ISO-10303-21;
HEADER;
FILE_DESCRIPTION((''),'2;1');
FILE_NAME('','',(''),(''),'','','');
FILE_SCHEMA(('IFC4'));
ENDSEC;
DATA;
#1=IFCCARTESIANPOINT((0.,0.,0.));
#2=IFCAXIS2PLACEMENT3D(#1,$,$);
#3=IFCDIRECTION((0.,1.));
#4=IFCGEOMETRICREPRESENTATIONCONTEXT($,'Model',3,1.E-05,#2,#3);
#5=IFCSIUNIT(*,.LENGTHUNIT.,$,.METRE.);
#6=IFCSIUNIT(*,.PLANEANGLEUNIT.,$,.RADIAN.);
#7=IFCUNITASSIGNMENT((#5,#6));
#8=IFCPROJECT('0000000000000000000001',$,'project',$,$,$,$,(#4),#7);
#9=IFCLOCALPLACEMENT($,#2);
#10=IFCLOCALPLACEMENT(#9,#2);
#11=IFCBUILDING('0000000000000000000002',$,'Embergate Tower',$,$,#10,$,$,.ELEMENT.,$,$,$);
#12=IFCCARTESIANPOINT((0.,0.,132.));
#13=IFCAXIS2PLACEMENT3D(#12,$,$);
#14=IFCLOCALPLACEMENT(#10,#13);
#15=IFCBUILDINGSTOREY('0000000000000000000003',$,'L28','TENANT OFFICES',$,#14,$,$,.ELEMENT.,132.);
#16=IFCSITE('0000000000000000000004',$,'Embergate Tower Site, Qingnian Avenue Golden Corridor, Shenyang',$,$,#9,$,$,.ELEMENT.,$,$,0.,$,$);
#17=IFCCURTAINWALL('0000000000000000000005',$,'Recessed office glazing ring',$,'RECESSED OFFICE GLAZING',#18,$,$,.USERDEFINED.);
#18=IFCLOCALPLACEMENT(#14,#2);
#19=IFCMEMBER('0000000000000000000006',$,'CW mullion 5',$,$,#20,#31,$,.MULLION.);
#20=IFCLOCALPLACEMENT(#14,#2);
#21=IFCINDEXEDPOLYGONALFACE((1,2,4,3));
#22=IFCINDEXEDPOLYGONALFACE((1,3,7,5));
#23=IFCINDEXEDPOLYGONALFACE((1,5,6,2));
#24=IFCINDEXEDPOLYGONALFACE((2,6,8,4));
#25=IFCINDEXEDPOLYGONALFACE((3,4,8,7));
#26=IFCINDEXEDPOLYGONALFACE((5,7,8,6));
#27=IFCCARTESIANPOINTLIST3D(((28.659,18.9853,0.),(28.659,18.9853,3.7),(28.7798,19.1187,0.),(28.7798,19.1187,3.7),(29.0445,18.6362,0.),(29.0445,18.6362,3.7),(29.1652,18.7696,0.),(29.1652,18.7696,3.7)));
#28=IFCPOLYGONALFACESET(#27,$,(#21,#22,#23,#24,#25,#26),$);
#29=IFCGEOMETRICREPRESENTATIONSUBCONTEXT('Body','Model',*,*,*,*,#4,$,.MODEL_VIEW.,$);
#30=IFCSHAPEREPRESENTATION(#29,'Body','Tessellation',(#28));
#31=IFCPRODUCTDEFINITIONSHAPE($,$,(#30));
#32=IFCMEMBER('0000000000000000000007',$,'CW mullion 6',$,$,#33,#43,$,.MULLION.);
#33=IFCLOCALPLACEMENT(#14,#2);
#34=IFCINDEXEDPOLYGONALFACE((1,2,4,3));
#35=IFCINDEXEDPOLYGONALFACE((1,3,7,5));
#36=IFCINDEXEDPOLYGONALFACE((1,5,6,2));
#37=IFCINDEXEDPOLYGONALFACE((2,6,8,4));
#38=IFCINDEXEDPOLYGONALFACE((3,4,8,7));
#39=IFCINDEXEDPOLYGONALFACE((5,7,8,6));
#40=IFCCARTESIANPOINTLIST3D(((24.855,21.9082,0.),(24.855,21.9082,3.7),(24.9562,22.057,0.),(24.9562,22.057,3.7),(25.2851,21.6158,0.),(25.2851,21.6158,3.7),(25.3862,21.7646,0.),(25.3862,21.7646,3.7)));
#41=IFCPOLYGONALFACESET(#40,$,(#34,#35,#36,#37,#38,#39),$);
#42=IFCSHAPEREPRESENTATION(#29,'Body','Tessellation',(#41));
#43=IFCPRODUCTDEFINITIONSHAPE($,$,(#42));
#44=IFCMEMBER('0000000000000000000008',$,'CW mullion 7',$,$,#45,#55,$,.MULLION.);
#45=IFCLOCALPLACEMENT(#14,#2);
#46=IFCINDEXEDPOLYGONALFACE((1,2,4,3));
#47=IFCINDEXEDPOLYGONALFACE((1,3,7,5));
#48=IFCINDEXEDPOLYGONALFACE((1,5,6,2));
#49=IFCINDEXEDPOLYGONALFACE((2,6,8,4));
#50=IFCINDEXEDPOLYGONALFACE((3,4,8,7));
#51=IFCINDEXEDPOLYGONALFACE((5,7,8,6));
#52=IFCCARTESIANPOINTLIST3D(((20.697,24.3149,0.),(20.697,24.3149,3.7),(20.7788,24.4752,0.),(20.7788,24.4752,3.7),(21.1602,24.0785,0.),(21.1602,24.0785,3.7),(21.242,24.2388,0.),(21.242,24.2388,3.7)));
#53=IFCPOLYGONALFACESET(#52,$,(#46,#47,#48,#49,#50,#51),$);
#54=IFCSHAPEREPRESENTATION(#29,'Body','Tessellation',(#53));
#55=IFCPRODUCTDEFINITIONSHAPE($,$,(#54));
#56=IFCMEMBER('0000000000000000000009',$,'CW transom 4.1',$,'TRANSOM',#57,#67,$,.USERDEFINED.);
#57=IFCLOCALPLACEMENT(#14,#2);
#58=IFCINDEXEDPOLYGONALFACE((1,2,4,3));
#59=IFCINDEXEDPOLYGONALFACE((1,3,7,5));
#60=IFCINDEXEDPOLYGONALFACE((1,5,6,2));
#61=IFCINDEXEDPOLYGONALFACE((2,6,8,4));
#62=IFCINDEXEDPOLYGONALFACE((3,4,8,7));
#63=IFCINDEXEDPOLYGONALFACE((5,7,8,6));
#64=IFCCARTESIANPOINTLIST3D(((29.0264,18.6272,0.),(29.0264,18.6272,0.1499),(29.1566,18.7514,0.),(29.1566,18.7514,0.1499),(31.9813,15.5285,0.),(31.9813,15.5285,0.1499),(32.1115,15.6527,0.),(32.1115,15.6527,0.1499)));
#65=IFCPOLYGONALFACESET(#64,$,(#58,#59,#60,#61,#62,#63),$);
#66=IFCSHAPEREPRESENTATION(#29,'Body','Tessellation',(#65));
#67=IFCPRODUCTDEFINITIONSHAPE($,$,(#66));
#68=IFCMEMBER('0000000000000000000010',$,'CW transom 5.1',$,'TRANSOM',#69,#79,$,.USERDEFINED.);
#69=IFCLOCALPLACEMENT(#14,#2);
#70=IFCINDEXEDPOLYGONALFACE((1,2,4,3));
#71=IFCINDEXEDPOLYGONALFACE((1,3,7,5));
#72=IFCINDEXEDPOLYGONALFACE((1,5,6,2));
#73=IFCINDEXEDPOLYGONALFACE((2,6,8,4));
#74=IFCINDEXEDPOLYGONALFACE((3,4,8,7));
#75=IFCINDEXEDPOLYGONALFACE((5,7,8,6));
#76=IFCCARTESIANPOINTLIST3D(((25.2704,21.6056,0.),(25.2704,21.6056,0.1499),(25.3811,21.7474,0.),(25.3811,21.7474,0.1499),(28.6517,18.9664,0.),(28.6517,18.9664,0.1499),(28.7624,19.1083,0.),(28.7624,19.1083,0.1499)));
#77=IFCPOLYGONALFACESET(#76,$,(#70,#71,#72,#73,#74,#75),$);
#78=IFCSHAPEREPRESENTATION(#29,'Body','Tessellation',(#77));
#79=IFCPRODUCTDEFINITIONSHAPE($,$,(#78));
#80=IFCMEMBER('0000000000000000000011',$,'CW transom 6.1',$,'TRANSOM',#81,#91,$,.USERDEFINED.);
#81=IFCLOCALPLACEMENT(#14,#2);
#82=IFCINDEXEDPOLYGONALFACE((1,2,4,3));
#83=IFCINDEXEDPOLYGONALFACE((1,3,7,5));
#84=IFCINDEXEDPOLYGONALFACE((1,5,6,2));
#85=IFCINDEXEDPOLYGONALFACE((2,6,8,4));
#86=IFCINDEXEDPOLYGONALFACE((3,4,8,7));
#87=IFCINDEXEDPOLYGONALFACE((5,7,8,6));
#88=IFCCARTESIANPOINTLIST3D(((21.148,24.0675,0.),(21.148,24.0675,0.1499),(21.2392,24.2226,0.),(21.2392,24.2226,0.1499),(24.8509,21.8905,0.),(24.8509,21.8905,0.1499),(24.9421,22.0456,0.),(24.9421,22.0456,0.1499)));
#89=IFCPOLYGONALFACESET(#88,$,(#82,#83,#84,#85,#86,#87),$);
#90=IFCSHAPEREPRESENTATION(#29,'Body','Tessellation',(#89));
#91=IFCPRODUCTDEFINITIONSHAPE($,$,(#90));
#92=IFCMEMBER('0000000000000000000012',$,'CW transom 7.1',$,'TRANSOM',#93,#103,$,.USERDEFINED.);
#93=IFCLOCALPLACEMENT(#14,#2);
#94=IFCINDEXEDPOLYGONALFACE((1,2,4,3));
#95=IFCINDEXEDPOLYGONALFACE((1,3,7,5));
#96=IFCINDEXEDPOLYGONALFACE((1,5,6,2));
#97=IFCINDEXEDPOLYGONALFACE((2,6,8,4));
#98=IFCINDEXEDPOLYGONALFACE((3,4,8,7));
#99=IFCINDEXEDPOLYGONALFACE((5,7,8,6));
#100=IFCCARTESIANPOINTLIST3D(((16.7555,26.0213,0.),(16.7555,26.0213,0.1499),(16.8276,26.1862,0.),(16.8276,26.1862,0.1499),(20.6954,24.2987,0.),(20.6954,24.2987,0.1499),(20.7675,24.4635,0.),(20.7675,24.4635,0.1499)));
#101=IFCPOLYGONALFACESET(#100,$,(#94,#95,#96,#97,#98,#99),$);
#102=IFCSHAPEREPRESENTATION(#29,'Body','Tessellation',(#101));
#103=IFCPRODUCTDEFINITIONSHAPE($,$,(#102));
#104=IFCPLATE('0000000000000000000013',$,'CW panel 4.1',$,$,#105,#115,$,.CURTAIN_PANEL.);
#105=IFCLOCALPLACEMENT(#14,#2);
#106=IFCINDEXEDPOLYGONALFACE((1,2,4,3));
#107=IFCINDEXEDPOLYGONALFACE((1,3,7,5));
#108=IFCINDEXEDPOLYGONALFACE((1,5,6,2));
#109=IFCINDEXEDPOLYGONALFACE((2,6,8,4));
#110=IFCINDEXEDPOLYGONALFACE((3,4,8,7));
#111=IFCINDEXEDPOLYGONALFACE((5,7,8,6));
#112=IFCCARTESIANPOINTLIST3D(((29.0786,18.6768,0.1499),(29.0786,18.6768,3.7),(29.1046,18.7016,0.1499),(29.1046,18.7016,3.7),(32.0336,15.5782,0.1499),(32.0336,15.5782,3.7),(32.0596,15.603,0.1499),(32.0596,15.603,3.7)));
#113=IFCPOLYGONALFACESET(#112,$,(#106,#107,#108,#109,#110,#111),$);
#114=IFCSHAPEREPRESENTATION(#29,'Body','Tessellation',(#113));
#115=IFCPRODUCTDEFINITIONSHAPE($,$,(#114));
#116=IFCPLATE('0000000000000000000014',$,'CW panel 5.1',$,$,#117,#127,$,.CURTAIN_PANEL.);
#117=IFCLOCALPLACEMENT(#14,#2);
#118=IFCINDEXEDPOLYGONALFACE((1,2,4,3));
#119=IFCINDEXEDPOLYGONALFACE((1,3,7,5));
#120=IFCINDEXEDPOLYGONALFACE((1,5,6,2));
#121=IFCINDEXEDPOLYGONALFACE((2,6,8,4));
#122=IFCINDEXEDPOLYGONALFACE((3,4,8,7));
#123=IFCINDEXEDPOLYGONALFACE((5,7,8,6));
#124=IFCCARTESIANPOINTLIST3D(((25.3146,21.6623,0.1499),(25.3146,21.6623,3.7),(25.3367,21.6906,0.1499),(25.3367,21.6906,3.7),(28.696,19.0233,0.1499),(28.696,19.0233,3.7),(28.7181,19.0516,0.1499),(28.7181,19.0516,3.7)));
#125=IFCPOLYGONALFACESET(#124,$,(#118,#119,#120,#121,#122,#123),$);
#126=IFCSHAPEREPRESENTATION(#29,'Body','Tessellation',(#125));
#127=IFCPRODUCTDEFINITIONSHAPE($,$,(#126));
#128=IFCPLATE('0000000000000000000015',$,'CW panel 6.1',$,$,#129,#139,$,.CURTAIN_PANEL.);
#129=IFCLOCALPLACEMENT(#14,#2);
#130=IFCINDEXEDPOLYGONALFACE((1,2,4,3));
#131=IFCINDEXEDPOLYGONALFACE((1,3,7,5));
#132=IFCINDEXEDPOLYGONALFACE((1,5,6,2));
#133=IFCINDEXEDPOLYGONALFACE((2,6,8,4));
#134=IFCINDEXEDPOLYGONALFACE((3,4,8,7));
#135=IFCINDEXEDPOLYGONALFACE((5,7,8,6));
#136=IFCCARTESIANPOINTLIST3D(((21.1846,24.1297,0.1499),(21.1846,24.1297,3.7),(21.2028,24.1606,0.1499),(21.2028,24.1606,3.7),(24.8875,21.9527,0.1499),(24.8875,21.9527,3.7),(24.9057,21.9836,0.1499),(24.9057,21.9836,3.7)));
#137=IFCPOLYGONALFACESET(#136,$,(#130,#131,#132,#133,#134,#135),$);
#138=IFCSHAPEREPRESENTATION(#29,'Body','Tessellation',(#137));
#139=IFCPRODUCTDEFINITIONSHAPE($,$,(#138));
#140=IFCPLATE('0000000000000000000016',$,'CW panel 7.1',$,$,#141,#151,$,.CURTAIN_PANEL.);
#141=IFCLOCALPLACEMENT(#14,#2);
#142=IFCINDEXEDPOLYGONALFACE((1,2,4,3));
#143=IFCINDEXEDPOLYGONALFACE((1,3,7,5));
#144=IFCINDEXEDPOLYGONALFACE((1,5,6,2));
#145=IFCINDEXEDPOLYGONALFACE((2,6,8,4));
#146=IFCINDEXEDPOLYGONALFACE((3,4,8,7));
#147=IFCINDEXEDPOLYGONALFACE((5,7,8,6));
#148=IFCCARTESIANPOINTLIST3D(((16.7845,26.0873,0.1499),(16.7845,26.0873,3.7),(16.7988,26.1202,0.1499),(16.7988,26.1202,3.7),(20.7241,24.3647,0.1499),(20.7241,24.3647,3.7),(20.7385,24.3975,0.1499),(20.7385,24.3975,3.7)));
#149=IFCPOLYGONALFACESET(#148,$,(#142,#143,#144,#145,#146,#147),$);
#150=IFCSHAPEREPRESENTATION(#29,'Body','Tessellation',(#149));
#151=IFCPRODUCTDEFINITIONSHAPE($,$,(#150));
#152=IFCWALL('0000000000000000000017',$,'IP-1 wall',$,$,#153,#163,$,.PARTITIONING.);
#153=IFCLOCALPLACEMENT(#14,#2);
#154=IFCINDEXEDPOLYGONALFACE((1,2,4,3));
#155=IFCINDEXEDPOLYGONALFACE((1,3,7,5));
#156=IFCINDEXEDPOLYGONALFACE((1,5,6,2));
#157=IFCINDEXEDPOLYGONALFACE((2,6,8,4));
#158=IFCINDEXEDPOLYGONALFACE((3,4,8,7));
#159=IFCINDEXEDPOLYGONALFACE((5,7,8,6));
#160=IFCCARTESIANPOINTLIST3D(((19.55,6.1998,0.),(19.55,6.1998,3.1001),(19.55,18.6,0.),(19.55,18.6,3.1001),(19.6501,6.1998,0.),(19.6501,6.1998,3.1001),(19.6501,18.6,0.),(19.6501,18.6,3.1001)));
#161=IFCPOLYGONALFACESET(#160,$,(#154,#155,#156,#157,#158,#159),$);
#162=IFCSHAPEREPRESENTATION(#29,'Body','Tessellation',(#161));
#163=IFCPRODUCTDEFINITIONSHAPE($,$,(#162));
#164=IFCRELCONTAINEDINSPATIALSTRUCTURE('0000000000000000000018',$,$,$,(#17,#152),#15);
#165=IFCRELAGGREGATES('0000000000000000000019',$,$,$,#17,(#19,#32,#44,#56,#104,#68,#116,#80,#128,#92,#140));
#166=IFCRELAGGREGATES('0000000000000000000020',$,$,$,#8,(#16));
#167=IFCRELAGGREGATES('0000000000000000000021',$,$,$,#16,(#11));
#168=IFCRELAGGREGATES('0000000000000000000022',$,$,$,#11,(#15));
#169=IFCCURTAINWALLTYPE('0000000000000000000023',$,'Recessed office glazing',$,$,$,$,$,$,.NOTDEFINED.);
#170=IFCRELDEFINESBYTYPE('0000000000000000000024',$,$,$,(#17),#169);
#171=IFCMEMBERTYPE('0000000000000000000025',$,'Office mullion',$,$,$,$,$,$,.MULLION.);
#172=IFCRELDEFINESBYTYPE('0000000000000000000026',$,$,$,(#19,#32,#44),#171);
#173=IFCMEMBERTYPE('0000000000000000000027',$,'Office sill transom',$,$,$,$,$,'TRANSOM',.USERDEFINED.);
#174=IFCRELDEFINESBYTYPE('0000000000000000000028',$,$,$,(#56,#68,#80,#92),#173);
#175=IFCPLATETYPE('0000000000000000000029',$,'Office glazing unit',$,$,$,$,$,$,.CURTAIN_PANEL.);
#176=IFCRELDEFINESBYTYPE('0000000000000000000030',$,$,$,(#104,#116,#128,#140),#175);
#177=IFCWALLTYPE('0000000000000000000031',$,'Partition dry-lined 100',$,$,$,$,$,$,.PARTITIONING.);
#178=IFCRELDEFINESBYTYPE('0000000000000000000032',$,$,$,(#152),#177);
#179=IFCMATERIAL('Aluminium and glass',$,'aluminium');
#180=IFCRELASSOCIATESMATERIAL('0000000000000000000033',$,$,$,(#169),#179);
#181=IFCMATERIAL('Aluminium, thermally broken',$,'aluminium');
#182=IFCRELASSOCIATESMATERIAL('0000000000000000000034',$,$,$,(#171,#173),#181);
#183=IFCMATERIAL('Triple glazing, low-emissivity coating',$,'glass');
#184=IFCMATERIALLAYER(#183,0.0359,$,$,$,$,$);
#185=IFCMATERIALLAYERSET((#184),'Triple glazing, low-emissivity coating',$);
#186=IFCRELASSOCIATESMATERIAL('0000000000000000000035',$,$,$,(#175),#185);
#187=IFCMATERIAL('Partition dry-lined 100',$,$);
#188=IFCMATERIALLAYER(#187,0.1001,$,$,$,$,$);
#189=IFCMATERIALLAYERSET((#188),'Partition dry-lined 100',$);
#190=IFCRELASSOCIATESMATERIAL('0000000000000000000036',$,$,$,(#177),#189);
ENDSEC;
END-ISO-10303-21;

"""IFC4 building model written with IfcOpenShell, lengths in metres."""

from ifc_helpers import new_model, si_unit, direction, frame, frame_2d, origin, origin_2d, place, context, subcontext, project, spatial, rectangle, extrude, source, transform, mapped, material, layer, layer_set, material_profile, profile_set, type_object, element, aggregate, save


model = new_model("IFC4")

# Units and contexts
model_context = context("Model", 3, precision=1e-05, world=origin(), true_north=direction((0.0, 1.0)))
body_context = subcontext(model_context, "Body", "Model", "MODEL_VIEW")
ifc_project = project(units=[si_unit("LENGTHUNIT", "METRE"), si_unit("PLANEANGLEUNIT", "RADIAN")], contexts=[model_context])

# Site, building, storey
site_placement = place(None, origin())
site = spatial("IfcSite", under=ifc_project, at=site_placement, Name="Embergate Tower Site, Qingnian Avenue Golden Corridor, Shenyang", CompositionType="ELEMENT", RefElevation=0.0)
building_placement = place(site_placement, origin())
building = spatial("IfcBuilding", under=site, at=building_placement, Name="Embergate Tower", CompositionType="ELEMENT")
storey_placement = place(building_placement, frame((0.0, 0.0, 132.0)))
storey = spatial("IfcBuildingStorey", under=building, at=storey_placement, Name="L28", Description="TENANT OFFICES", CompositionType="ELEMENT", Elevation=132.0)

# Curtain wall, members, plates
ifc_material_1 = material(Name="Aluminium and glass", Category="aluminium")
curtain_wall_type = type_object("IfcCurtainWallType", Name="Recessed office glazing", PredefinedType="NOTDEFINED", material=ifc_material_1)
curtain_wall_placement = place(storey_placement, origin())
curtain_wall = element("IfcCurtainWall", 1, at=curtain_wall_placement, inside=storey, type_object=curtain_wall_type, Name="Recessed office glazing ring", ObjectType="RECESSED OFFICE GLAZING", PredefinedType="USERDEFINED")
ifc_material_2 = material(Name="Aluminium, thermally broken", Category="aluminium")
ifc_material_profile_1 = material_profile(ifc_material_2, rectangle(XDim=0.1799, YDim=0.52, at=origin_2d()), Name="AL 520x180")
ifc_profile_set_1 = profile_set([ifc_material_profile_1], Name="Aluminium, thermally broken")
member_type_1 = type_object("IfcMemberType", Name="Office mullion", PredefinedType="MULLION", material=ifc_profile_set_1)
shared_shape_1 = source(origin(), body_context, "Body", "SweptSolid", [
    extrude(rectangle(XDim=0.1799, YDim=0.52, at=origin_2d()), origin(), (0.0, 0.0, 1.0), 3.7),
])
member_1_placement = place(storey_placement, frame((28.9121, 18.8774, 0.0), z_axis=(0.0, 0.0, 1.0), x_axis=(-0.671225, -0.741253, 0.0)))
member_1 = element("IfcMember", 2, at=member_1_placement, type_object=member_type_1, Name="CW mullion 5", PredefinedType="MULLION", context=body_context, shape_type="MappedRepresentation", body=[
    mapped(shared_shape_1, transform((0.0, 0.0, 0.0))),
])
member_2_placement = place(storey_placement, frame((25.1206, 21.8364, 0.0), z_axis=(0.0, 0.0, 1.0), x_axis=(-0.562215, -0.826991, 0.0)))
member_2 = element("IfcMember", 3, at=member_2_placement, type_object=member_type_1, Name="CW mullion 6", PredefinedType="MULLION", context=body_context, shape_type="MappedRepresentation", body=[
    mapped(shared_shape_1, transform((0.0, 0.0, 0.0))),
])
member_3_placement = place(storey_placement, frame((20.9695, 24.2769, 0.0), z_axis=(0.0, 0.0, 1.0), x_axis=(-0.454508, -0.890743, 0.0)))
member_3 = element("IfcMember", 4, at=member_3_placement, type_object=member_type_1, Name="CW mullion 7", PredefinedType="MULLION", context=body_context, shape_type="MappedRepresentation", body=[
    mapped(shared_shape_1, transform((0.0, 0.0, 0.0))),
])
ifc_material_profile_2 = material_profile(ifc_material_2, rectangle(XDim=0.1799, YDim=0.1499, at=origin_2d()), Name="AL 150x180")
ifc_profile_set_2 = profile_set([ifc_material_profile_2], Name="Aluminium, thermally broken")
member_type_2 = type_object("IfcMemberType", Name="Office sill transom", ElementType="TRANSOM", PredefinedType="USERDEFINED", material=ifc_profile_set_2)
shared_shape_2 = source(origin(), body_context, "Body", "SweptSolid", [
    extrude(rectangle(XDim=0.1799, YDim=0.1499, at=origin_2d()), origin(), (0.0, 0.0, 1.0), 4.2817),
])
member_4_placement = place(storey_placement, frame((32.0464, 15.5906, 0.075), z_axis=(-0.690115, 0.7237, 0.0), x_axis=(-0.7237, -0.690115, 0.0)))
member_4 = element("IfcMember", 5, at=member_4_placement, type_object=member_type_2, Name="CW transom 4.1", ObjectType="TRANSOM", PredefinedType="USERDEFINED", context=body_context, shape_type="MappedRepresentation", body=[
    mapped(shared_shape_2, transform((0.0, 0.0, 0.0))),
])
shared_shape_3 = source(origin(), body_context, "Body", "SweptSolid", [
    extrude(rectangle(XDim=0.1799, YDim=0.1499, at=origin_2d()), origin(), (0.0, 0.0, 1.0), 4.2893),
])
member_5_placement = place(storey_placement, frame((28.707, 19.0374, 0.075), z_axis=(-0.788309, 0.615279, 0.0), x_axis=(-0.615279, -0.788309, 0.0)))
member_5 = element("IfcMember", 6, at=member_5_placement, type_object=member_type_2, Name="CW transom 5.1", ObjectType="TRANSOM", PredefinedType="USERDEFINED", context=body_context, shape_type="MappedRepresentation", body=[
    mapped(shared_shape_3, transform((0.0, 0.0, 0.0))),
])
shared_shape_4 = source(origin(), body_context, "Body", "SweptSolid", [
    extrude(rectangle(XDim=0.1799, YDim=0.1499, at=origin_2d()), origin(), (0.0, 0.0, 1.0), 4.2954),
])
member_6_placement = place(storey_placement, frame((24.8965, 21.968, 0.075), z_axis=(-0.862053, 0.506819, 0.0), x_axis=(-0.506819, -0.862053, 0.0)))
member_6 = element("IfcMember", 7, at=member_6_placement, type_object=member_type_2, Name="CW transom 6.1", ObjectType="TRANSOM", PredefinedType="USERDEFINED", context=body_context, shape_type="MappedRepresentation", body=[
    mapped(shared_shape_4, transform((0.0, 0.0, 0.0))),
])
shared_shape_5 = source(origin(), body_context, "Body", "SweptSolid", [
    extrude(rectangle(XDim=0.1799, YDim=0.1499, at=origin_2d()), origin(), (0.0, 0.0, 1.0), 4.3),
])
member_7_placement = place(storey_placement, frame((20.7314, 24.3811, 0.075), z_axis=(-0.916249, 0.40061, 0.0), x_axis=(-0.40061, -0.916249, 0.0)))
member_7 = element("IfcMember", 8, at=member_7_placement, type_object=member_type_2, Name="CW transom 7.1", ObjectType="TRANSOM", PredefinedType="USERDEFINED", context=body_context, shape_type="MappedRepresentation", body=[
    mapped(shared_shape_5, transform((0.0, 0.0, 0.0))),
])
ifc_material_3 = material(Name="Triple glazing, low-emissivity coating", Category="glass")
ifc_layer_1 = layer(ifc_material_3, 0.0359)
ifc_layer_set_1 = layer_set([ifc_layer_1], Name="Triple glazing, low-emissivity coating")
plate_type = type_object("IfcPlateType", Name="Office glazing unit", PredefinedType="CURTAIN_PANEL", material=ifc_layer_set_1)
shared_shape_6 = source(origin(), body_context, "Body", "SweptSolid", [
    extrude(rectangle(XDim=4.2817, YDim=0.0359, at=origin_2d()), origin(), (0.0, 0.0, 1.0), 3.55),
])
plate_1_placement = place(storey_placement, frame((30.5691, 17.1399, 0.1499), z_axis=(0.0, 0.0, 1.0), x_axis=(-0.690136, 0.723679, 0.0)))
plate_1 = element("IfcPlate", 9, at=plate_1_placement, type_object=plate_type, Name="CW panel 4.1", PredefinedType="CURTAIN_PANEL", context=body_context, shape_type="MappedRepresentation", body=[
    mapped(shared_shape_6, transform((0.0, 0.0, 0.0))),
])
shared_shape_7 = source(origin(), body_context, "Body", "SweptSolid", [
    extrude(rectangle(XDim=4.2893, YDim=0.0359, at=origin_2d()), origin(), (0.0, 0.0, 1.0), 3.55),
])
plate_2_placement = place(storey_placement, frame((27.0164, 20.3569, 0.1499), z_axis=(0.0, 0.0, 1.0), x_axis=(-0.788322, 0.615263, 0.0)))
plate_2 = element("IfcPlate", 10, at=plate_2_placement, type_object=plate_type, Name="CW panel 5.1", PredefinedType="CURTAIN_PANEL", context=body_context, shape_type="MappedRepresentation", body=[
    mapped(shared_shape_7, transform((0.0, 0.0, 0.0))),
])
shared_shape_8 = source(origin(), body_context, "Body", "SweptSolid", [
    extrude(rectangle(XDim=4.2954, YDim=0.0359, at=origin_2d()), origin(), (0.0, 0.0, 1.0), 3.55),
])
plate_3_placement = place(storey_placement, frame((23.0452, 23.0566, 0.1499), z_axis=(0.0, 0.0, 1.0), x_axis=(-0.862054, 0.506816, 0.0)))
plate_3 = element("IfcPlate", 11, at=plate_3_placement, type_object=plate_type, Name="CW panel 6.1", PredefinedType="CURTAIN_PANEL", context=body_context, shape_type="MappedRepresentation", body=[
    mapped(shared_shape_8, transform((0.0, 0.0, 0.0))),
])
shared_shape_9 = source(origin(), body_context, "Body", "SweptSolid", [
    extrude(rectangle(XDim=4.2998, YDim=0.0359, at=origin_2d()), origin(), (0.0, 0.0, 1.0), 3.55),
])
plate_4_placement = place(storey_placement, frame((18.7615, 25.2424, 0.1499), z_axis=(0.0, 0.0, 1.0), x_axis=(-0.916237, 0.400637, 0.0)))
plate_4 = element("IfcPlate", 12, at=plate_4_placement, type_object=plate_type, Name="CW panel 7.1", PredefinedType="CURTAIN_PANEL", context=body_context, shape_type="MappedRepresentation", body=[
    mapped(shared_shape_9, transform((0.0, 0.0, 0.0))),
])
aggregate(curtain_wall, [member_1, member_2, member_3, member_4, plate_1, member_5, plate_2, member_6, plate_3, member_7, plate_4])

# Wall
ifc_material_4 = material(Name="Partition dry-lined 100")
ifc_layer_2 = layer(ifc_material_4, 0.1001)
ifc_layer_set_2 = layer_set([ifc_layer_2], Name="Partition dry-lined 100")
wall_type = type_object("IfcWallType", Name="Partition dry-lined 100", PredefinedType="PARTITIONING", material=ifc_layer_set_2)
shared_shape_10 = source(origin(), body_context, "Body", "SweptSolid", [
    extrude(rectangle(XDim=12.4001, YDim=0.1001, at=frame_2d((6.2002, 0.0))), origin(), (0.0, 0.0, 1.0), 3.1001),
])
wall_placement = place(storey_placement, frame((19.6001, 18.6001, 0.0), z_axis=(0.0, 0.0, 1.0), x_axis=(0.0, -1.0, 0.0)))
element("IfcWall", 13, at=wall_placement, inside=storey, type_object=wall_type, Name="IP-1 wall", PredefinedType="PARTITIONING", context=body_context, shape_type="MappedRepresentation", body=[
    mapped(shared_shape_10, transform((0.0, 0.0, 0.0))),
])

save(model, "model.ifc")
